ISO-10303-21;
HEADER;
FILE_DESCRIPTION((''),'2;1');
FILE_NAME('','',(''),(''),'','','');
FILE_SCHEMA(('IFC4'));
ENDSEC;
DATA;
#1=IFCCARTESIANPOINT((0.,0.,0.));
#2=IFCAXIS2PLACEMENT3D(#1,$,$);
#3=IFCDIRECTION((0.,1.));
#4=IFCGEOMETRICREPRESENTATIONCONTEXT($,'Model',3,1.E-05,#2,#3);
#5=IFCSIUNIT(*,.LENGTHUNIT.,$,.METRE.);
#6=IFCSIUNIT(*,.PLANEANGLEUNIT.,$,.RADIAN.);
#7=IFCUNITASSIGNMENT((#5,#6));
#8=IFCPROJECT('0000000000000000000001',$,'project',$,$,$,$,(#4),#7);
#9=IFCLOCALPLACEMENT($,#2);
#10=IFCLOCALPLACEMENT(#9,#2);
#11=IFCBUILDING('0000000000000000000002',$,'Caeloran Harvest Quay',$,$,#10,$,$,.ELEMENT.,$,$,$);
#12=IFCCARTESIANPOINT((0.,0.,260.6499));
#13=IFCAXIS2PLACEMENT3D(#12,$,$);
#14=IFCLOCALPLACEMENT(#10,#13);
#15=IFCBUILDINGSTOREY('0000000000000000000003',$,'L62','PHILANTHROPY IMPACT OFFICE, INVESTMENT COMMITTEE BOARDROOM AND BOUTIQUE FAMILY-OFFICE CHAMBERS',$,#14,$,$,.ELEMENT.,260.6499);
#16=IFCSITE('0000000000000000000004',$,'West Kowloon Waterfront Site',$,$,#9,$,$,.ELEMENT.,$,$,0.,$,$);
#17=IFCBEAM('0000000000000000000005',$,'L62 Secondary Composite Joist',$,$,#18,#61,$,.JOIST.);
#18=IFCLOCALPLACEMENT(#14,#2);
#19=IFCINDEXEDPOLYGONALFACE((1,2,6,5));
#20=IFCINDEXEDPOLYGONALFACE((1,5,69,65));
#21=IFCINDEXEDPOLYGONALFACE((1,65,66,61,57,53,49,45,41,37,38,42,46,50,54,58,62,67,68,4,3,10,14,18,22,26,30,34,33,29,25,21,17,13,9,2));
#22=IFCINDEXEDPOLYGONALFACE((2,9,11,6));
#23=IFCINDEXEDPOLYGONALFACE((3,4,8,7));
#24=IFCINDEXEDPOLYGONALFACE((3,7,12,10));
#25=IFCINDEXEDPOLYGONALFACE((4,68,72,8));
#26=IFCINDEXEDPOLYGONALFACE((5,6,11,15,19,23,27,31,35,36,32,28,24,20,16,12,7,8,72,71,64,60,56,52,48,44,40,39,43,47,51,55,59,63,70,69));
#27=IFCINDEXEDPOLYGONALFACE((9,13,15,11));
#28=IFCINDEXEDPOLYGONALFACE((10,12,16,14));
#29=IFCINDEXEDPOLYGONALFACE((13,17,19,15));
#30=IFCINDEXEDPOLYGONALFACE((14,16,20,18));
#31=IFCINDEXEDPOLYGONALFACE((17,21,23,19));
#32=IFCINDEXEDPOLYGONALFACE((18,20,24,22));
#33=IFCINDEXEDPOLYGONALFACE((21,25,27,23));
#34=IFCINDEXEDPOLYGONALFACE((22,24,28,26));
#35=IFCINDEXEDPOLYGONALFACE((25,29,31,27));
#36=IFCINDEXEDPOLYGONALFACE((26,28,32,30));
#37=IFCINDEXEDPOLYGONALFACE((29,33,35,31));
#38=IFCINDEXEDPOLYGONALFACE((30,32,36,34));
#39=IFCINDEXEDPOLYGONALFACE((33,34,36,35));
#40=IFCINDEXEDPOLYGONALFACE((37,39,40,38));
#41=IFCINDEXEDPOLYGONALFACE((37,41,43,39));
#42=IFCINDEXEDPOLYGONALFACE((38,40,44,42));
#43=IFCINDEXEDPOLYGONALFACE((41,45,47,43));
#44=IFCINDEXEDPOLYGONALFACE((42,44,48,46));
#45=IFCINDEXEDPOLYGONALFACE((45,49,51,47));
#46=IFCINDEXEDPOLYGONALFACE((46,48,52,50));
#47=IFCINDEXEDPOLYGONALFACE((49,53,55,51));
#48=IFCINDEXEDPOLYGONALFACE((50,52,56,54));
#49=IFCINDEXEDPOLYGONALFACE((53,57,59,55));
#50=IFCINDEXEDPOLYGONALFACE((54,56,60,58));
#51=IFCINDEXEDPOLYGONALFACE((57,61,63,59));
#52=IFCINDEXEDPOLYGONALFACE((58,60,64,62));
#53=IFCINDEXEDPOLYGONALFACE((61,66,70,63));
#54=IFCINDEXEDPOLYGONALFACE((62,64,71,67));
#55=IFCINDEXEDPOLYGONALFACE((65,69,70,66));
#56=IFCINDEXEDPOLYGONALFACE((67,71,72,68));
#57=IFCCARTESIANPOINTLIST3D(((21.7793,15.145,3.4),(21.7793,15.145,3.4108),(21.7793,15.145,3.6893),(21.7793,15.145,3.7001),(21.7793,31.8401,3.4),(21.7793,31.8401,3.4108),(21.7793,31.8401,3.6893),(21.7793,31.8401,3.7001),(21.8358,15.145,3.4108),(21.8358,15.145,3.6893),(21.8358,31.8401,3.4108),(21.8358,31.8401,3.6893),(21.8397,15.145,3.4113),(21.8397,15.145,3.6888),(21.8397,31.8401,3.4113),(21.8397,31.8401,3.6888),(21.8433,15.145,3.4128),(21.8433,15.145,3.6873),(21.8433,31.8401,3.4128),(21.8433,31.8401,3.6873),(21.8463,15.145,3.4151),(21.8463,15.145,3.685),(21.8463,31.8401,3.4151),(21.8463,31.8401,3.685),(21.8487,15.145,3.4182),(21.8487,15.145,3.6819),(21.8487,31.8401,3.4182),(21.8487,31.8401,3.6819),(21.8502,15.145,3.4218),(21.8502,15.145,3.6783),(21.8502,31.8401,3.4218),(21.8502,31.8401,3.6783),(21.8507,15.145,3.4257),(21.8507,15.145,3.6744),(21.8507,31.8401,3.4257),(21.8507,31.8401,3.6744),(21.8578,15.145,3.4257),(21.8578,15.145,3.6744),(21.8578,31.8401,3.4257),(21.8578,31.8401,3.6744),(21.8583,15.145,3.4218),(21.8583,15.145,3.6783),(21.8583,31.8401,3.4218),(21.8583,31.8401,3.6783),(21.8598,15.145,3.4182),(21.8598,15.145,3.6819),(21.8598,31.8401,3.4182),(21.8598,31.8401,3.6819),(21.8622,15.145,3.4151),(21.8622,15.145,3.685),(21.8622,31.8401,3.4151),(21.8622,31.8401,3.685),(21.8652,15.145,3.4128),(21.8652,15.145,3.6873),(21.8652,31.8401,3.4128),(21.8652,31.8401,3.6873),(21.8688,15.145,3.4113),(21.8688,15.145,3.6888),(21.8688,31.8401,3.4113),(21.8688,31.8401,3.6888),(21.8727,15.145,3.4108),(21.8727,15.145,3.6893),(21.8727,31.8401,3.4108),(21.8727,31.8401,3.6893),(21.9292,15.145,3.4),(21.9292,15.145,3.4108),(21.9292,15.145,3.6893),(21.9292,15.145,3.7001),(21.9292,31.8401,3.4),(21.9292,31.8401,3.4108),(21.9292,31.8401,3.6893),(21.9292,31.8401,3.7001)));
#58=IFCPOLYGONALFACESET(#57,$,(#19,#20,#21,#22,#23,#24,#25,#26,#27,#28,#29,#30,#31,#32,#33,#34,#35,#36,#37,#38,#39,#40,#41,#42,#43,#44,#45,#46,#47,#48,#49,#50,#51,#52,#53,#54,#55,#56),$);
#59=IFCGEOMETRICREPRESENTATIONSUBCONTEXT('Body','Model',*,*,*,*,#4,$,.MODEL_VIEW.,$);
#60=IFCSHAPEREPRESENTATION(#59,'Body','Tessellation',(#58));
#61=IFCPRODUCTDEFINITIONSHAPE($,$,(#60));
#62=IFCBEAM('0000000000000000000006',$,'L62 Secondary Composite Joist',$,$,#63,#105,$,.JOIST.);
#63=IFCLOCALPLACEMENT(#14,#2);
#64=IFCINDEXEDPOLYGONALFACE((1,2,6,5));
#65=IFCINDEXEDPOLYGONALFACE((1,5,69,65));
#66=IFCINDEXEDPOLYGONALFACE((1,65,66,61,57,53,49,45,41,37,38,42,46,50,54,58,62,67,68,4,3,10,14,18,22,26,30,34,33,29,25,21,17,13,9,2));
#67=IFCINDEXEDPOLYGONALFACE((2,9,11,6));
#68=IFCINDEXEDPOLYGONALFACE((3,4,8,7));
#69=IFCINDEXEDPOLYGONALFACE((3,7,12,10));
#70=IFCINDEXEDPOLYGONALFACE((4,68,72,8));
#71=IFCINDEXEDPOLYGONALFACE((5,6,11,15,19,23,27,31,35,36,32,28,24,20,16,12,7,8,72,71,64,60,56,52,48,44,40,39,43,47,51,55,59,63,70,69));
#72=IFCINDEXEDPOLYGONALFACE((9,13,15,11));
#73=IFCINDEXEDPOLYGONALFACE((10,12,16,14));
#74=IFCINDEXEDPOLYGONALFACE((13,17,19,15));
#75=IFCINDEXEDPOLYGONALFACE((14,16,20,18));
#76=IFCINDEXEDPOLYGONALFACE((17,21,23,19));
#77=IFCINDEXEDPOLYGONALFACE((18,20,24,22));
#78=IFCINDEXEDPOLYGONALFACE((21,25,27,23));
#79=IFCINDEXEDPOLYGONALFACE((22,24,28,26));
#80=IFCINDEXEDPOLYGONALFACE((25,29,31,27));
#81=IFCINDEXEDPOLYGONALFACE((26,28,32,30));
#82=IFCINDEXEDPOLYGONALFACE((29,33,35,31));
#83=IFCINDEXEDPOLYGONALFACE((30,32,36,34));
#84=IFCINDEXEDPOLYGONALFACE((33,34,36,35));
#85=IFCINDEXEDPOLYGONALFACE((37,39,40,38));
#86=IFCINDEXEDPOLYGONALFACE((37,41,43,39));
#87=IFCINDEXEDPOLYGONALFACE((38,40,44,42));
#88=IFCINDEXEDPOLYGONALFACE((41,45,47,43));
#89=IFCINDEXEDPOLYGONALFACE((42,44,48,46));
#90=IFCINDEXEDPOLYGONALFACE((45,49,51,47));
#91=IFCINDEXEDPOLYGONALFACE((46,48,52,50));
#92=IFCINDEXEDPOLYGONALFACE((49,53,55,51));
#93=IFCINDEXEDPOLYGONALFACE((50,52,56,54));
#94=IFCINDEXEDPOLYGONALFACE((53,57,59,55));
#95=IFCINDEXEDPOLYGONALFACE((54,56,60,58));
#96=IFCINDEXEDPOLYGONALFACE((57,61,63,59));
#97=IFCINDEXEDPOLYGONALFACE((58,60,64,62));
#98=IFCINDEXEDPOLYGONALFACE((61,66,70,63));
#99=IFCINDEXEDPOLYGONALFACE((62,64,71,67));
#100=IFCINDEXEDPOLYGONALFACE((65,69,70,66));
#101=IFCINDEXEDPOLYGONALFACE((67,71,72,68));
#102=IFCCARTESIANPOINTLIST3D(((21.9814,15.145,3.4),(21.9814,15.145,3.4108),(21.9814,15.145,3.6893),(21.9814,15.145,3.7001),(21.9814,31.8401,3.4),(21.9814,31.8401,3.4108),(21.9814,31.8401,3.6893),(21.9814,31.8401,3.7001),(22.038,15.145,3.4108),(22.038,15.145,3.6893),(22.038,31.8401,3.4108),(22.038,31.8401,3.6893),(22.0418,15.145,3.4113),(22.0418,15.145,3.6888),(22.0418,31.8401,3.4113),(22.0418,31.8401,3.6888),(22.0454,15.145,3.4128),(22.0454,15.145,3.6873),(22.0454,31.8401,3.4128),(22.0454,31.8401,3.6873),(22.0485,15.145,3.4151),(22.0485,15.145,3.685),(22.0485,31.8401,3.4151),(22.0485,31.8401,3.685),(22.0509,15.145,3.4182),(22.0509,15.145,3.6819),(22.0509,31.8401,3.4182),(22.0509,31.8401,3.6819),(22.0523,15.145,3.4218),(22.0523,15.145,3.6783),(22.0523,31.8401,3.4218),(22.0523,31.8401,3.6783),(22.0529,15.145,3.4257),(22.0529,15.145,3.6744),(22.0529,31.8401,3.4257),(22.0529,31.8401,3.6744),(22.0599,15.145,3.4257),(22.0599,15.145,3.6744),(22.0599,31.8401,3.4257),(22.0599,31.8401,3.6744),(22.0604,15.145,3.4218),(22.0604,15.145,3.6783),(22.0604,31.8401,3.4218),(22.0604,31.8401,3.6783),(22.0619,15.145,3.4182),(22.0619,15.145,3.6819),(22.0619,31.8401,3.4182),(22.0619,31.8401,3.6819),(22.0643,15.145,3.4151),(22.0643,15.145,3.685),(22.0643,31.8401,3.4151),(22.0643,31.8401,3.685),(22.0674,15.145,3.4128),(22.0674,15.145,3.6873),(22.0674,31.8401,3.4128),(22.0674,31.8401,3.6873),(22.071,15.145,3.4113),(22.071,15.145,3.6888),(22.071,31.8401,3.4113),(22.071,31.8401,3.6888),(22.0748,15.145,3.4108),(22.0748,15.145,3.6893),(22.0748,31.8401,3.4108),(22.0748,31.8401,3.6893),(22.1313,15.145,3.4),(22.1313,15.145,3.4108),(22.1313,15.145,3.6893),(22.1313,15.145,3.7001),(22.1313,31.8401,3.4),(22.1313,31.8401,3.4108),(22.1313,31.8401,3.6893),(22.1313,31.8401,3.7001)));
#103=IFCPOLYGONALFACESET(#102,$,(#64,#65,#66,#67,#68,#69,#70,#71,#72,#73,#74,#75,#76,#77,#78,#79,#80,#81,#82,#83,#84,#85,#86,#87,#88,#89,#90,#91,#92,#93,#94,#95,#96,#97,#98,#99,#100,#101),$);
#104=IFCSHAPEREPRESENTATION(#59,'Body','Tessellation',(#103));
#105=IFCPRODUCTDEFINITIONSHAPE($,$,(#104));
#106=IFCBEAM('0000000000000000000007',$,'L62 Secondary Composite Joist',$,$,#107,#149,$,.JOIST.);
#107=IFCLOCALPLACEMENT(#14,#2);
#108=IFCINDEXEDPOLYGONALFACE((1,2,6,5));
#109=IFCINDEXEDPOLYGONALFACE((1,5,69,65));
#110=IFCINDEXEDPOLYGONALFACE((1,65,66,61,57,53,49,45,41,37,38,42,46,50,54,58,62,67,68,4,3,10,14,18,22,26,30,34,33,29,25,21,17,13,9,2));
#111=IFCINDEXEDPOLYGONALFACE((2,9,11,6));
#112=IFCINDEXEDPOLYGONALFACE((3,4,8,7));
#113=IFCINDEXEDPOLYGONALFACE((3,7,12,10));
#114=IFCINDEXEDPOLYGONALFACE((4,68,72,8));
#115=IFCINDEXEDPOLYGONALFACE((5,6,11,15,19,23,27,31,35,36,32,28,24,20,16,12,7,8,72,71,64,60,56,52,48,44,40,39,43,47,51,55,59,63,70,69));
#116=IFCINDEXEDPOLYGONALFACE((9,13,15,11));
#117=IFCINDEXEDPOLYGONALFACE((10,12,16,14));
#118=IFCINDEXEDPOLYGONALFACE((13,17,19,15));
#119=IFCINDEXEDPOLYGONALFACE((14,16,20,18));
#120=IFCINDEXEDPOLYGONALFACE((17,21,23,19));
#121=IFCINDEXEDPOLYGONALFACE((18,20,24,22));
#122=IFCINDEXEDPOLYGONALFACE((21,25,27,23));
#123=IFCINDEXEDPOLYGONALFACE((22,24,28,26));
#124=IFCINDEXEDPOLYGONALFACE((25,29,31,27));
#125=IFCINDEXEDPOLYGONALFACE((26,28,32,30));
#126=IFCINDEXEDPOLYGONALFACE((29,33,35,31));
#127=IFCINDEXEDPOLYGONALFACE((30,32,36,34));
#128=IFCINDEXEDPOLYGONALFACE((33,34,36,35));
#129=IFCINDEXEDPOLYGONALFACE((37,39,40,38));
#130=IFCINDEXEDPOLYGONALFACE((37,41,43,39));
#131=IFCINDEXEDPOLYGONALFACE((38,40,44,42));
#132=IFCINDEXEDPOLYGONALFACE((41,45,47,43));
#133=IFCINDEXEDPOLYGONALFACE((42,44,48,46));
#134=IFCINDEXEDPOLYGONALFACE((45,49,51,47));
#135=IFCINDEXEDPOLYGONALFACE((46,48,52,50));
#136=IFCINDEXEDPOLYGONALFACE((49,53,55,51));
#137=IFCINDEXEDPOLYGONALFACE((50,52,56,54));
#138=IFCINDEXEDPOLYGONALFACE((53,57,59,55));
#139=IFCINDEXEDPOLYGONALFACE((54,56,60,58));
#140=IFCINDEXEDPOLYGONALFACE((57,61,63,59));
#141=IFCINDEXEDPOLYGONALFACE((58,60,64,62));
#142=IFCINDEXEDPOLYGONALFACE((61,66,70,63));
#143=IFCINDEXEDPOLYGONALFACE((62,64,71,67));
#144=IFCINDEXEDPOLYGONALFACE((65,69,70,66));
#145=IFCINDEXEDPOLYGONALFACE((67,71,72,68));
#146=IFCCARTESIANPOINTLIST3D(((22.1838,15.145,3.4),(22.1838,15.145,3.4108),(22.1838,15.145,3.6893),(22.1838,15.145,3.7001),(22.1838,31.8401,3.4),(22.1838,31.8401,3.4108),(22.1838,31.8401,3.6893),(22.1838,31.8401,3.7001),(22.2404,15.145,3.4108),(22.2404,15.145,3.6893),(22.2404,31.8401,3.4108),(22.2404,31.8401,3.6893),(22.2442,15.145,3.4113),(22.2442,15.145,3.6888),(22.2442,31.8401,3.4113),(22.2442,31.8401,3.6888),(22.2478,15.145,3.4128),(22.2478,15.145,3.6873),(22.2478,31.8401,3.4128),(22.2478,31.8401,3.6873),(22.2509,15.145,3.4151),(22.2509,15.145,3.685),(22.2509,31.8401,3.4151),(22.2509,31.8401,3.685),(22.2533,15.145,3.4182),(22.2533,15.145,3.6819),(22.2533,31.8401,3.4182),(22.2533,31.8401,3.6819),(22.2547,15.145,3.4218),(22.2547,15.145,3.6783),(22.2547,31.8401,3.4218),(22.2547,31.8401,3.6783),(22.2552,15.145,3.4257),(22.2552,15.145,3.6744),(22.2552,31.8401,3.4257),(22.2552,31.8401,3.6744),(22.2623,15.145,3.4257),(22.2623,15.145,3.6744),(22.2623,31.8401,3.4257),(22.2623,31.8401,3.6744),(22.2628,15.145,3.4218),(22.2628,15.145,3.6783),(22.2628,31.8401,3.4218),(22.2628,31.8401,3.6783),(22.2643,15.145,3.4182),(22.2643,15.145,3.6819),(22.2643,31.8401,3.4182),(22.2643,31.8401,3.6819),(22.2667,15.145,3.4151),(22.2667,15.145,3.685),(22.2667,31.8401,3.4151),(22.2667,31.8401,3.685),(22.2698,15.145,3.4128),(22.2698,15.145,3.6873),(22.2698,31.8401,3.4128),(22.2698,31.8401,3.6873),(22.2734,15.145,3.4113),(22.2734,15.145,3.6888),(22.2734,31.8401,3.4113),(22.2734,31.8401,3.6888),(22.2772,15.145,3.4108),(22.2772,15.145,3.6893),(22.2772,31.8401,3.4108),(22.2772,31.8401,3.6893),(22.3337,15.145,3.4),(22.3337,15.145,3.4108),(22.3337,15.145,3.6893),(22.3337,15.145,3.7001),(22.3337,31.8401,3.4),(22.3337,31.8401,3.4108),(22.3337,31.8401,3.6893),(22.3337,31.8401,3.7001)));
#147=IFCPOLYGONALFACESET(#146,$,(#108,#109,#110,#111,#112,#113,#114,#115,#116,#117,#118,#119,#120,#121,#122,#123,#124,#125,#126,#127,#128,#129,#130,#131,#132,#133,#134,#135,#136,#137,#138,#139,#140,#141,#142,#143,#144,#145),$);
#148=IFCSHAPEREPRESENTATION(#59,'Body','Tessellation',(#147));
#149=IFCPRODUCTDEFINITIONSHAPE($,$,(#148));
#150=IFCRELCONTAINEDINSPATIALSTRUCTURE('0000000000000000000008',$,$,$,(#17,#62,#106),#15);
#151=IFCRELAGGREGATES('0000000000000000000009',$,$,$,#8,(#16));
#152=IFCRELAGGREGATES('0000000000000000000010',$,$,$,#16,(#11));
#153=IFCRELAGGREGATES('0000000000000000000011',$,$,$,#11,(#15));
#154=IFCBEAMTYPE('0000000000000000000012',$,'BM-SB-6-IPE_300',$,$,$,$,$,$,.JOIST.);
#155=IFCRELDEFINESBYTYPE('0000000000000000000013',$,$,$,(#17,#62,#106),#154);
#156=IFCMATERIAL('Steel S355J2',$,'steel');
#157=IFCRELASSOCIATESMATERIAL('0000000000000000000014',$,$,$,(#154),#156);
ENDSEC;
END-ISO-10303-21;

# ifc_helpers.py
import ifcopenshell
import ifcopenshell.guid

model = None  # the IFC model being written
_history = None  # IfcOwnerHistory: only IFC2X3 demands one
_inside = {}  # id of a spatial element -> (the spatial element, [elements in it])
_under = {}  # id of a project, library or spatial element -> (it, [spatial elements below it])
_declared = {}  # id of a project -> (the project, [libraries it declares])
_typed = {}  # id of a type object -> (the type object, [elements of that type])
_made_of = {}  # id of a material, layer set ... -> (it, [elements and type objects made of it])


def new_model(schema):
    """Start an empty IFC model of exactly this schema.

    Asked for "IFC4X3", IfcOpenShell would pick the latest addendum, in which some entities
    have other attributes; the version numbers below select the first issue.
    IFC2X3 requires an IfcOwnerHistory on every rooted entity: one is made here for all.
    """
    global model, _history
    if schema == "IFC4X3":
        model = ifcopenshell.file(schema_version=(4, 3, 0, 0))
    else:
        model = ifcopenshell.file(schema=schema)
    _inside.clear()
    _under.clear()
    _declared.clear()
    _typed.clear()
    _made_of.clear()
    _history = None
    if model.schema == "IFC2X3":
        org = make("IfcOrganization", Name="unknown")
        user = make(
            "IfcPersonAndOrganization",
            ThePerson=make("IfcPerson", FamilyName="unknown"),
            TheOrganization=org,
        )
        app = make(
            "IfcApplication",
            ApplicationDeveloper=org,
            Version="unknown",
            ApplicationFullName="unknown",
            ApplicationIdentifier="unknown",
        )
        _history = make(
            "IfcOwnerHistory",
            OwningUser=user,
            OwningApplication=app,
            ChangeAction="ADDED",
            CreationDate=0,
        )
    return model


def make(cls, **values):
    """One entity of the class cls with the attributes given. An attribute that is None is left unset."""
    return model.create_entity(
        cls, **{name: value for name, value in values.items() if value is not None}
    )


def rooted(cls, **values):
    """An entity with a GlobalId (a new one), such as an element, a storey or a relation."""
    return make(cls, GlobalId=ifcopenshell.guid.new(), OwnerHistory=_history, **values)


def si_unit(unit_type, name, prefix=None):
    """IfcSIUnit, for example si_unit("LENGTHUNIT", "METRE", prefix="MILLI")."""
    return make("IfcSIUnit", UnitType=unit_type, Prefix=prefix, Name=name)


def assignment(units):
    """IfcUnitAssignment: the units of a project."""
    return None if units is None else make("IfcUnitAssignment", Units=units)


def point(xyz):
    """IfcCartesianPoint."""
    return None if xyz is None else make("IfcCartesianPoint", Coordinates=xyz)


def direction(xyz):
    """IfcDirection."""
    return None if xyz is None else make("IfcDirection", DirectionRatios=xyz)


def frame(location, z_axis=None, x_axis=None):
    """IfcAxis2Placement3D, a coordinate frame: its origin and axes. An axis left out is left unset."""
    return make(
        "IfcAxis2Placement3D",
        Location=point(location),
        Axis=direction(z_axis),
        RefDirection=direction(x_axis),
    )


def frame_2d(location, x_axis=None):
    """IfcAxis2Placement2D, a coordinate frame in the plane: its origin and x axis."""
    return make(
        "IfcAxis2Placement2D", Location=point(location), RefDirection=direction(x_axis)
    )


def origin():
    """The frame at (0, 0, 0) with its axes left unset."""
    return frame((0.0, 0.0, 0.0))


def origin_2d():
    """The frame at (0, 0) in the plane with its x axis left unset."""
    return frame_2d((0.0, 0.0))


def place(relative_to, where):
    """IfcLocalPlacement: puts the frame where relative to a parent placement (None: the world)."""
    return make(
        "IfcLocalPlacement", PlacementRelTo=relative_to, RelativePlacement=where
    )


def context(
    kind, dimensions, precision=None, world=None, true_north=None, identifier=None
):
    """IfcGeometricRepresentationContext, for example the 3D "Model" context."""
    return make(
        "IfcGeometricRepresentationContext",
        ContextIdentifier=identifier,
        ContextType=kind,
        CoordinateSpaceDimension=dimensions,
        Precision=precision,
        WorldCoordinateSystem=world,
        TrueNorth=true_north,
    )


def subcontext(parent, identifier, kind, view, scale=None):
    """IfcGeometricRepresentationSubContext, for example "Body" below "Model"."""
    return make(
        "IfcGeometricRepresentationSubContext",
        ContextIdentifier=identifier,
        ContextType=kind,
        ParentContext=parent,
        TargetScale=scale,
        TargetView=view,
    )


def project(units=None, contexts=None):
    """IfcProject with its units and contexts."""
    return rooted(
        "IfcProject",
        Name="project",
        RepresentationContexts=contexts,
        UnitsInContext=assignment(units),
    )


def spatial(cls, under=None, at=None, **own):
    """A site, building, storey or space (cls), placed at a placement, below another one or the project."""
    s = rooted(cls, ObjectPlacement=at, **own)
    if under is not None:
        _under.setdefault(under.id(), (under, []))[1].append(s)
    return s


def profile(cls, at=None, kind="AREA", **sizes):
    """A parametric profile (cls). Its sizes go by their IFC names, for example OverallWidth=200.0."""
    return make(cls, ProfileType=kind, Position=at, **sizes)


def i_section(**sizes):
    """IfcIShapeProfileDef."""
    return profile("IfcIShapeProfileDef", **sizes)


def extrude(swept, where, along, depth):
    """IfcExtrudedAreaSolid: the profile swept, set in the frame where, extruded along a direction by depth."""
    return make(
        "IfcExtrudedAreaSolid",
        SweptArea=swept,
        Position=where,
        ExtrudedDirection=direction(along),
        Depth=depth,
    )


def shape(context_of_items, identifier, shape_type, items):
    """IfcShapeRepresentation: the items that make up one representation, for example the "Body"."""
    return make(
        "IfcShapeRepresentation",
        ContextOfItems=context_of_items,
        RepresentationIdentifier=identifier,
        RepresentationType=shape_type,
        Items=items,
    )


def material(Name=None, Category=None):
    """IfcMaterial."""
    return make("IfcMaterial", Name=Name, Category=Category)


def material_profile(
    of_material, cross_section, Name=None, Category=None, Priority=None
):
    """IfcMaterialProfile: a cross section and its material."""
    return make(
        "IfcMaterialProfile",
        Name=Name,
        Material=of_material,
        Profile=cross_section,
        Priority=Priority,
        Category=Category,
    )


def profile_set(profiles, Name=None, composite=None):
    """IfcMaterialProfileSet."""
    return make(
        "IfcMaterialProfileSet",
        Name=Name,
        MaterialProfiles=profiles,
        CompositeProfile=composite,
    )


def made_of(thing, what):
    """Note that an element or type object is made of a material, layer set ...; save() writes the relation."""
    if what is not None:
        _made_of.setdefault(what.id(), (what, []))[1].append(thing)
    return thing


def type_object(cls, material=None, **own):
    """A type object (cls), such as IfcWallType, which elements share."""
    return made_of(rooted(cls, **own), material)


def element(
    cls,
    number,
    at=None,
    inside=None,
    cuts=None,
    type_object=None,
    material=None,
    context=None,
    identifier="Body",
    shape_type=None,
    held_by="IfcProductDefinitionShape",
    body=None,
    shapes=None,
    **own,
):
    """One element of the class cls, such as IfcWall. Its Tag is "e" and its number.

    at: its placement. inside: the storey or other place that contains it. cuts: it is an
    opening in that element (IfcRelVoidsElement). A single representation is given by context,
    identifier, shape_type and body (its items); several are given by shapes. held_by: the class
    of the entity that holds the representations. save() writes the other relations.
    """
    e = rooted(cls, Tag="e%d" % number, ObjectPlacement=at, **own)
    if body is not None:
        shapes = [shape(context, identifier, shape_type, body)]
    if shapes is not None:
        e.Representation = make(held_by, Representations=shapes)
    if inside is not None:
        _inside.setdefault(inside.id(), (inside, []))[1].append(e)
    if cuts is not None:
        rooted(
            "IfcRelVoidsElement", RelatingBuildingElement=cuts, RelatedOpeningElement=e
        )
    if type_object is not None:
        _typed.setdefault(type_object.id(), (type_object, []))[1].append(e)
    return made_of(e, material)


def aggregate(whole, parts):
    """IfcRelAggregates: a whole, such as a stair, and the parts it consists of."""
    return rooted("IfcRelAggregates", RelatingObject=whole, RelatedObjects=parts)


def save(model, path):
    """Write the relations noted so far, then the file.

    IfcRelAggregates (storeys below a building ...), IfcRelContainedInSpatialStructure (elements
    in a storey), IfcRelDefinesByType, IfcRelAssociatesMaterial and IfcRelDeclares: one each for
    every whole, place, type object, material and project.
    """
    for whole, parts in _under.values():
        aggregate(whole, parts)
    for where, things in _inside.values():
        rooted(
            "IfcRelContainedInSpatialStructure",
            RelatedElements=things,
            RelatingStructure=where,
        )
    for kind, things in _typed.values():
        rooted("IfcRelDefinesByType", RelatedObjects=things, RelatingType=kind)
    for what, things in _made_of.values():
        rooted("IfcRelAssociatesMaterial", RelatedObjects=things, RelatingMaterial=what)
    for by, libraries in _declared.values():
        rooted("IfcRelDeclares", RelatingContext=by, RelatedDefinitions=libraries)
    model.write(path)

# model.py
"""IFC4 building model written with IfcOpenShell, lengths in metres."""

from ifc_helpers import new_model, si_unit, direction, frame, origin, origin_2d, place, context, subcontext, project, spatial, i_section, extrude, material, material_profile, profile_set, type_object, element, save


model = new_model("IFC4")

# Units and contexts
model_context = context("Model", 3, precision=1e-05, world=origin(), true_north=direction((0.0, 1.0)))
body_context = subcontext(model_context, "Body", "Model", "MODEL_VIEW")
ifc_project = project(units=[si_unit("LENGTHUNIT", "METRE"), si_unit("PLANEANGLEUNIT", "RADIAN")], contexts=[model_context])

# Site, building, storey
site_placement = place(None, origin())
site = spatial("IfcSite", under=ifc_project, at=site_placement, Name="West Kowloon Waterfront Site", CompositionType="ELEMENT", RefElevation=0.0)
building_placement = place(site_placement, origin())
building = spatial("IfcBuilding", under=site, at=building_placement, Name="Caeloran Harvest Quay", CompositionType="ELEMENT")
storey_placement = place(building_placement, frame((0.0, 0.0, 260.6499)))
storey = spatial("IfcBuildingStorey", under=building, at=storey_placement, Name="L62", Description="PHILANTHROPY IMPACT OFFICE, INVESTMENT COMMITTEE BOARDROOM AND BOUTIQUE FAMILY-OFFICE CHAMBERS", CompositionType="ELEMENT", Elevation=260.6499)

# Beams
ifc_material_1 = material(Name="Steel S355J2", Category="steel")
ifc_material_profile_1 = material_profile(ifc_material_1, i_section(OverallWidth=0.1499, OverallDepth=0.3, WebThickness=0.0071, FlangeThickness=0.0107, FilletRadius=0.0149, at=origin_2d()), Name="IPE 300")
ifc_profile_set_1 = profile_set([ifc_material_profile_1], Name="Steel S355J2")
beam_type_1 = type_object("IfcBeamType", Name="BM-SB-6-IPE_300", PredefinedType="JOIST", material=ifc_profile_set_1)
for number, where, z_axis, x_axis, name in (
    (1, (21.8542, 15.145, 3.55), (0.0, 1.0, 0.0), (-1.0, 0.0, 0.0), "L62 Secondary Composite Joist"),
    (2, (22.0564, 15.145, 3.55), (0.0, 1.0, 0.0), (-1.0, 0.0, 0.0), "L62 Secondary Composite Joist"),
    (3, (22.2588, 15.145, 3.55), (0.0, 1.0, 0.0), (-1.0, 0.0, 0.0), "L62 Secondary Composite Joist"),
):
    element("IfcBeam", number, at=place(storey_placement, frame(where, z_axis=z_axis, x_axis=x_axis)), inside=storey, type_object=beam_type_1, Name=name, PredefinedType="JOIST", context=body_context, shape_type="SweptSolid", body=[
        extrude(i_section(OverallWidth=0.1499, OverallDepth=0.3, WebThickness=0.0071, FlangeThickness=0.0107, FilletRadius=0.0149, at=origin_2d()), origin(), (0.0, 0.0, 1.0), 16.6951),
    ])

save(model, "model.ifc")
